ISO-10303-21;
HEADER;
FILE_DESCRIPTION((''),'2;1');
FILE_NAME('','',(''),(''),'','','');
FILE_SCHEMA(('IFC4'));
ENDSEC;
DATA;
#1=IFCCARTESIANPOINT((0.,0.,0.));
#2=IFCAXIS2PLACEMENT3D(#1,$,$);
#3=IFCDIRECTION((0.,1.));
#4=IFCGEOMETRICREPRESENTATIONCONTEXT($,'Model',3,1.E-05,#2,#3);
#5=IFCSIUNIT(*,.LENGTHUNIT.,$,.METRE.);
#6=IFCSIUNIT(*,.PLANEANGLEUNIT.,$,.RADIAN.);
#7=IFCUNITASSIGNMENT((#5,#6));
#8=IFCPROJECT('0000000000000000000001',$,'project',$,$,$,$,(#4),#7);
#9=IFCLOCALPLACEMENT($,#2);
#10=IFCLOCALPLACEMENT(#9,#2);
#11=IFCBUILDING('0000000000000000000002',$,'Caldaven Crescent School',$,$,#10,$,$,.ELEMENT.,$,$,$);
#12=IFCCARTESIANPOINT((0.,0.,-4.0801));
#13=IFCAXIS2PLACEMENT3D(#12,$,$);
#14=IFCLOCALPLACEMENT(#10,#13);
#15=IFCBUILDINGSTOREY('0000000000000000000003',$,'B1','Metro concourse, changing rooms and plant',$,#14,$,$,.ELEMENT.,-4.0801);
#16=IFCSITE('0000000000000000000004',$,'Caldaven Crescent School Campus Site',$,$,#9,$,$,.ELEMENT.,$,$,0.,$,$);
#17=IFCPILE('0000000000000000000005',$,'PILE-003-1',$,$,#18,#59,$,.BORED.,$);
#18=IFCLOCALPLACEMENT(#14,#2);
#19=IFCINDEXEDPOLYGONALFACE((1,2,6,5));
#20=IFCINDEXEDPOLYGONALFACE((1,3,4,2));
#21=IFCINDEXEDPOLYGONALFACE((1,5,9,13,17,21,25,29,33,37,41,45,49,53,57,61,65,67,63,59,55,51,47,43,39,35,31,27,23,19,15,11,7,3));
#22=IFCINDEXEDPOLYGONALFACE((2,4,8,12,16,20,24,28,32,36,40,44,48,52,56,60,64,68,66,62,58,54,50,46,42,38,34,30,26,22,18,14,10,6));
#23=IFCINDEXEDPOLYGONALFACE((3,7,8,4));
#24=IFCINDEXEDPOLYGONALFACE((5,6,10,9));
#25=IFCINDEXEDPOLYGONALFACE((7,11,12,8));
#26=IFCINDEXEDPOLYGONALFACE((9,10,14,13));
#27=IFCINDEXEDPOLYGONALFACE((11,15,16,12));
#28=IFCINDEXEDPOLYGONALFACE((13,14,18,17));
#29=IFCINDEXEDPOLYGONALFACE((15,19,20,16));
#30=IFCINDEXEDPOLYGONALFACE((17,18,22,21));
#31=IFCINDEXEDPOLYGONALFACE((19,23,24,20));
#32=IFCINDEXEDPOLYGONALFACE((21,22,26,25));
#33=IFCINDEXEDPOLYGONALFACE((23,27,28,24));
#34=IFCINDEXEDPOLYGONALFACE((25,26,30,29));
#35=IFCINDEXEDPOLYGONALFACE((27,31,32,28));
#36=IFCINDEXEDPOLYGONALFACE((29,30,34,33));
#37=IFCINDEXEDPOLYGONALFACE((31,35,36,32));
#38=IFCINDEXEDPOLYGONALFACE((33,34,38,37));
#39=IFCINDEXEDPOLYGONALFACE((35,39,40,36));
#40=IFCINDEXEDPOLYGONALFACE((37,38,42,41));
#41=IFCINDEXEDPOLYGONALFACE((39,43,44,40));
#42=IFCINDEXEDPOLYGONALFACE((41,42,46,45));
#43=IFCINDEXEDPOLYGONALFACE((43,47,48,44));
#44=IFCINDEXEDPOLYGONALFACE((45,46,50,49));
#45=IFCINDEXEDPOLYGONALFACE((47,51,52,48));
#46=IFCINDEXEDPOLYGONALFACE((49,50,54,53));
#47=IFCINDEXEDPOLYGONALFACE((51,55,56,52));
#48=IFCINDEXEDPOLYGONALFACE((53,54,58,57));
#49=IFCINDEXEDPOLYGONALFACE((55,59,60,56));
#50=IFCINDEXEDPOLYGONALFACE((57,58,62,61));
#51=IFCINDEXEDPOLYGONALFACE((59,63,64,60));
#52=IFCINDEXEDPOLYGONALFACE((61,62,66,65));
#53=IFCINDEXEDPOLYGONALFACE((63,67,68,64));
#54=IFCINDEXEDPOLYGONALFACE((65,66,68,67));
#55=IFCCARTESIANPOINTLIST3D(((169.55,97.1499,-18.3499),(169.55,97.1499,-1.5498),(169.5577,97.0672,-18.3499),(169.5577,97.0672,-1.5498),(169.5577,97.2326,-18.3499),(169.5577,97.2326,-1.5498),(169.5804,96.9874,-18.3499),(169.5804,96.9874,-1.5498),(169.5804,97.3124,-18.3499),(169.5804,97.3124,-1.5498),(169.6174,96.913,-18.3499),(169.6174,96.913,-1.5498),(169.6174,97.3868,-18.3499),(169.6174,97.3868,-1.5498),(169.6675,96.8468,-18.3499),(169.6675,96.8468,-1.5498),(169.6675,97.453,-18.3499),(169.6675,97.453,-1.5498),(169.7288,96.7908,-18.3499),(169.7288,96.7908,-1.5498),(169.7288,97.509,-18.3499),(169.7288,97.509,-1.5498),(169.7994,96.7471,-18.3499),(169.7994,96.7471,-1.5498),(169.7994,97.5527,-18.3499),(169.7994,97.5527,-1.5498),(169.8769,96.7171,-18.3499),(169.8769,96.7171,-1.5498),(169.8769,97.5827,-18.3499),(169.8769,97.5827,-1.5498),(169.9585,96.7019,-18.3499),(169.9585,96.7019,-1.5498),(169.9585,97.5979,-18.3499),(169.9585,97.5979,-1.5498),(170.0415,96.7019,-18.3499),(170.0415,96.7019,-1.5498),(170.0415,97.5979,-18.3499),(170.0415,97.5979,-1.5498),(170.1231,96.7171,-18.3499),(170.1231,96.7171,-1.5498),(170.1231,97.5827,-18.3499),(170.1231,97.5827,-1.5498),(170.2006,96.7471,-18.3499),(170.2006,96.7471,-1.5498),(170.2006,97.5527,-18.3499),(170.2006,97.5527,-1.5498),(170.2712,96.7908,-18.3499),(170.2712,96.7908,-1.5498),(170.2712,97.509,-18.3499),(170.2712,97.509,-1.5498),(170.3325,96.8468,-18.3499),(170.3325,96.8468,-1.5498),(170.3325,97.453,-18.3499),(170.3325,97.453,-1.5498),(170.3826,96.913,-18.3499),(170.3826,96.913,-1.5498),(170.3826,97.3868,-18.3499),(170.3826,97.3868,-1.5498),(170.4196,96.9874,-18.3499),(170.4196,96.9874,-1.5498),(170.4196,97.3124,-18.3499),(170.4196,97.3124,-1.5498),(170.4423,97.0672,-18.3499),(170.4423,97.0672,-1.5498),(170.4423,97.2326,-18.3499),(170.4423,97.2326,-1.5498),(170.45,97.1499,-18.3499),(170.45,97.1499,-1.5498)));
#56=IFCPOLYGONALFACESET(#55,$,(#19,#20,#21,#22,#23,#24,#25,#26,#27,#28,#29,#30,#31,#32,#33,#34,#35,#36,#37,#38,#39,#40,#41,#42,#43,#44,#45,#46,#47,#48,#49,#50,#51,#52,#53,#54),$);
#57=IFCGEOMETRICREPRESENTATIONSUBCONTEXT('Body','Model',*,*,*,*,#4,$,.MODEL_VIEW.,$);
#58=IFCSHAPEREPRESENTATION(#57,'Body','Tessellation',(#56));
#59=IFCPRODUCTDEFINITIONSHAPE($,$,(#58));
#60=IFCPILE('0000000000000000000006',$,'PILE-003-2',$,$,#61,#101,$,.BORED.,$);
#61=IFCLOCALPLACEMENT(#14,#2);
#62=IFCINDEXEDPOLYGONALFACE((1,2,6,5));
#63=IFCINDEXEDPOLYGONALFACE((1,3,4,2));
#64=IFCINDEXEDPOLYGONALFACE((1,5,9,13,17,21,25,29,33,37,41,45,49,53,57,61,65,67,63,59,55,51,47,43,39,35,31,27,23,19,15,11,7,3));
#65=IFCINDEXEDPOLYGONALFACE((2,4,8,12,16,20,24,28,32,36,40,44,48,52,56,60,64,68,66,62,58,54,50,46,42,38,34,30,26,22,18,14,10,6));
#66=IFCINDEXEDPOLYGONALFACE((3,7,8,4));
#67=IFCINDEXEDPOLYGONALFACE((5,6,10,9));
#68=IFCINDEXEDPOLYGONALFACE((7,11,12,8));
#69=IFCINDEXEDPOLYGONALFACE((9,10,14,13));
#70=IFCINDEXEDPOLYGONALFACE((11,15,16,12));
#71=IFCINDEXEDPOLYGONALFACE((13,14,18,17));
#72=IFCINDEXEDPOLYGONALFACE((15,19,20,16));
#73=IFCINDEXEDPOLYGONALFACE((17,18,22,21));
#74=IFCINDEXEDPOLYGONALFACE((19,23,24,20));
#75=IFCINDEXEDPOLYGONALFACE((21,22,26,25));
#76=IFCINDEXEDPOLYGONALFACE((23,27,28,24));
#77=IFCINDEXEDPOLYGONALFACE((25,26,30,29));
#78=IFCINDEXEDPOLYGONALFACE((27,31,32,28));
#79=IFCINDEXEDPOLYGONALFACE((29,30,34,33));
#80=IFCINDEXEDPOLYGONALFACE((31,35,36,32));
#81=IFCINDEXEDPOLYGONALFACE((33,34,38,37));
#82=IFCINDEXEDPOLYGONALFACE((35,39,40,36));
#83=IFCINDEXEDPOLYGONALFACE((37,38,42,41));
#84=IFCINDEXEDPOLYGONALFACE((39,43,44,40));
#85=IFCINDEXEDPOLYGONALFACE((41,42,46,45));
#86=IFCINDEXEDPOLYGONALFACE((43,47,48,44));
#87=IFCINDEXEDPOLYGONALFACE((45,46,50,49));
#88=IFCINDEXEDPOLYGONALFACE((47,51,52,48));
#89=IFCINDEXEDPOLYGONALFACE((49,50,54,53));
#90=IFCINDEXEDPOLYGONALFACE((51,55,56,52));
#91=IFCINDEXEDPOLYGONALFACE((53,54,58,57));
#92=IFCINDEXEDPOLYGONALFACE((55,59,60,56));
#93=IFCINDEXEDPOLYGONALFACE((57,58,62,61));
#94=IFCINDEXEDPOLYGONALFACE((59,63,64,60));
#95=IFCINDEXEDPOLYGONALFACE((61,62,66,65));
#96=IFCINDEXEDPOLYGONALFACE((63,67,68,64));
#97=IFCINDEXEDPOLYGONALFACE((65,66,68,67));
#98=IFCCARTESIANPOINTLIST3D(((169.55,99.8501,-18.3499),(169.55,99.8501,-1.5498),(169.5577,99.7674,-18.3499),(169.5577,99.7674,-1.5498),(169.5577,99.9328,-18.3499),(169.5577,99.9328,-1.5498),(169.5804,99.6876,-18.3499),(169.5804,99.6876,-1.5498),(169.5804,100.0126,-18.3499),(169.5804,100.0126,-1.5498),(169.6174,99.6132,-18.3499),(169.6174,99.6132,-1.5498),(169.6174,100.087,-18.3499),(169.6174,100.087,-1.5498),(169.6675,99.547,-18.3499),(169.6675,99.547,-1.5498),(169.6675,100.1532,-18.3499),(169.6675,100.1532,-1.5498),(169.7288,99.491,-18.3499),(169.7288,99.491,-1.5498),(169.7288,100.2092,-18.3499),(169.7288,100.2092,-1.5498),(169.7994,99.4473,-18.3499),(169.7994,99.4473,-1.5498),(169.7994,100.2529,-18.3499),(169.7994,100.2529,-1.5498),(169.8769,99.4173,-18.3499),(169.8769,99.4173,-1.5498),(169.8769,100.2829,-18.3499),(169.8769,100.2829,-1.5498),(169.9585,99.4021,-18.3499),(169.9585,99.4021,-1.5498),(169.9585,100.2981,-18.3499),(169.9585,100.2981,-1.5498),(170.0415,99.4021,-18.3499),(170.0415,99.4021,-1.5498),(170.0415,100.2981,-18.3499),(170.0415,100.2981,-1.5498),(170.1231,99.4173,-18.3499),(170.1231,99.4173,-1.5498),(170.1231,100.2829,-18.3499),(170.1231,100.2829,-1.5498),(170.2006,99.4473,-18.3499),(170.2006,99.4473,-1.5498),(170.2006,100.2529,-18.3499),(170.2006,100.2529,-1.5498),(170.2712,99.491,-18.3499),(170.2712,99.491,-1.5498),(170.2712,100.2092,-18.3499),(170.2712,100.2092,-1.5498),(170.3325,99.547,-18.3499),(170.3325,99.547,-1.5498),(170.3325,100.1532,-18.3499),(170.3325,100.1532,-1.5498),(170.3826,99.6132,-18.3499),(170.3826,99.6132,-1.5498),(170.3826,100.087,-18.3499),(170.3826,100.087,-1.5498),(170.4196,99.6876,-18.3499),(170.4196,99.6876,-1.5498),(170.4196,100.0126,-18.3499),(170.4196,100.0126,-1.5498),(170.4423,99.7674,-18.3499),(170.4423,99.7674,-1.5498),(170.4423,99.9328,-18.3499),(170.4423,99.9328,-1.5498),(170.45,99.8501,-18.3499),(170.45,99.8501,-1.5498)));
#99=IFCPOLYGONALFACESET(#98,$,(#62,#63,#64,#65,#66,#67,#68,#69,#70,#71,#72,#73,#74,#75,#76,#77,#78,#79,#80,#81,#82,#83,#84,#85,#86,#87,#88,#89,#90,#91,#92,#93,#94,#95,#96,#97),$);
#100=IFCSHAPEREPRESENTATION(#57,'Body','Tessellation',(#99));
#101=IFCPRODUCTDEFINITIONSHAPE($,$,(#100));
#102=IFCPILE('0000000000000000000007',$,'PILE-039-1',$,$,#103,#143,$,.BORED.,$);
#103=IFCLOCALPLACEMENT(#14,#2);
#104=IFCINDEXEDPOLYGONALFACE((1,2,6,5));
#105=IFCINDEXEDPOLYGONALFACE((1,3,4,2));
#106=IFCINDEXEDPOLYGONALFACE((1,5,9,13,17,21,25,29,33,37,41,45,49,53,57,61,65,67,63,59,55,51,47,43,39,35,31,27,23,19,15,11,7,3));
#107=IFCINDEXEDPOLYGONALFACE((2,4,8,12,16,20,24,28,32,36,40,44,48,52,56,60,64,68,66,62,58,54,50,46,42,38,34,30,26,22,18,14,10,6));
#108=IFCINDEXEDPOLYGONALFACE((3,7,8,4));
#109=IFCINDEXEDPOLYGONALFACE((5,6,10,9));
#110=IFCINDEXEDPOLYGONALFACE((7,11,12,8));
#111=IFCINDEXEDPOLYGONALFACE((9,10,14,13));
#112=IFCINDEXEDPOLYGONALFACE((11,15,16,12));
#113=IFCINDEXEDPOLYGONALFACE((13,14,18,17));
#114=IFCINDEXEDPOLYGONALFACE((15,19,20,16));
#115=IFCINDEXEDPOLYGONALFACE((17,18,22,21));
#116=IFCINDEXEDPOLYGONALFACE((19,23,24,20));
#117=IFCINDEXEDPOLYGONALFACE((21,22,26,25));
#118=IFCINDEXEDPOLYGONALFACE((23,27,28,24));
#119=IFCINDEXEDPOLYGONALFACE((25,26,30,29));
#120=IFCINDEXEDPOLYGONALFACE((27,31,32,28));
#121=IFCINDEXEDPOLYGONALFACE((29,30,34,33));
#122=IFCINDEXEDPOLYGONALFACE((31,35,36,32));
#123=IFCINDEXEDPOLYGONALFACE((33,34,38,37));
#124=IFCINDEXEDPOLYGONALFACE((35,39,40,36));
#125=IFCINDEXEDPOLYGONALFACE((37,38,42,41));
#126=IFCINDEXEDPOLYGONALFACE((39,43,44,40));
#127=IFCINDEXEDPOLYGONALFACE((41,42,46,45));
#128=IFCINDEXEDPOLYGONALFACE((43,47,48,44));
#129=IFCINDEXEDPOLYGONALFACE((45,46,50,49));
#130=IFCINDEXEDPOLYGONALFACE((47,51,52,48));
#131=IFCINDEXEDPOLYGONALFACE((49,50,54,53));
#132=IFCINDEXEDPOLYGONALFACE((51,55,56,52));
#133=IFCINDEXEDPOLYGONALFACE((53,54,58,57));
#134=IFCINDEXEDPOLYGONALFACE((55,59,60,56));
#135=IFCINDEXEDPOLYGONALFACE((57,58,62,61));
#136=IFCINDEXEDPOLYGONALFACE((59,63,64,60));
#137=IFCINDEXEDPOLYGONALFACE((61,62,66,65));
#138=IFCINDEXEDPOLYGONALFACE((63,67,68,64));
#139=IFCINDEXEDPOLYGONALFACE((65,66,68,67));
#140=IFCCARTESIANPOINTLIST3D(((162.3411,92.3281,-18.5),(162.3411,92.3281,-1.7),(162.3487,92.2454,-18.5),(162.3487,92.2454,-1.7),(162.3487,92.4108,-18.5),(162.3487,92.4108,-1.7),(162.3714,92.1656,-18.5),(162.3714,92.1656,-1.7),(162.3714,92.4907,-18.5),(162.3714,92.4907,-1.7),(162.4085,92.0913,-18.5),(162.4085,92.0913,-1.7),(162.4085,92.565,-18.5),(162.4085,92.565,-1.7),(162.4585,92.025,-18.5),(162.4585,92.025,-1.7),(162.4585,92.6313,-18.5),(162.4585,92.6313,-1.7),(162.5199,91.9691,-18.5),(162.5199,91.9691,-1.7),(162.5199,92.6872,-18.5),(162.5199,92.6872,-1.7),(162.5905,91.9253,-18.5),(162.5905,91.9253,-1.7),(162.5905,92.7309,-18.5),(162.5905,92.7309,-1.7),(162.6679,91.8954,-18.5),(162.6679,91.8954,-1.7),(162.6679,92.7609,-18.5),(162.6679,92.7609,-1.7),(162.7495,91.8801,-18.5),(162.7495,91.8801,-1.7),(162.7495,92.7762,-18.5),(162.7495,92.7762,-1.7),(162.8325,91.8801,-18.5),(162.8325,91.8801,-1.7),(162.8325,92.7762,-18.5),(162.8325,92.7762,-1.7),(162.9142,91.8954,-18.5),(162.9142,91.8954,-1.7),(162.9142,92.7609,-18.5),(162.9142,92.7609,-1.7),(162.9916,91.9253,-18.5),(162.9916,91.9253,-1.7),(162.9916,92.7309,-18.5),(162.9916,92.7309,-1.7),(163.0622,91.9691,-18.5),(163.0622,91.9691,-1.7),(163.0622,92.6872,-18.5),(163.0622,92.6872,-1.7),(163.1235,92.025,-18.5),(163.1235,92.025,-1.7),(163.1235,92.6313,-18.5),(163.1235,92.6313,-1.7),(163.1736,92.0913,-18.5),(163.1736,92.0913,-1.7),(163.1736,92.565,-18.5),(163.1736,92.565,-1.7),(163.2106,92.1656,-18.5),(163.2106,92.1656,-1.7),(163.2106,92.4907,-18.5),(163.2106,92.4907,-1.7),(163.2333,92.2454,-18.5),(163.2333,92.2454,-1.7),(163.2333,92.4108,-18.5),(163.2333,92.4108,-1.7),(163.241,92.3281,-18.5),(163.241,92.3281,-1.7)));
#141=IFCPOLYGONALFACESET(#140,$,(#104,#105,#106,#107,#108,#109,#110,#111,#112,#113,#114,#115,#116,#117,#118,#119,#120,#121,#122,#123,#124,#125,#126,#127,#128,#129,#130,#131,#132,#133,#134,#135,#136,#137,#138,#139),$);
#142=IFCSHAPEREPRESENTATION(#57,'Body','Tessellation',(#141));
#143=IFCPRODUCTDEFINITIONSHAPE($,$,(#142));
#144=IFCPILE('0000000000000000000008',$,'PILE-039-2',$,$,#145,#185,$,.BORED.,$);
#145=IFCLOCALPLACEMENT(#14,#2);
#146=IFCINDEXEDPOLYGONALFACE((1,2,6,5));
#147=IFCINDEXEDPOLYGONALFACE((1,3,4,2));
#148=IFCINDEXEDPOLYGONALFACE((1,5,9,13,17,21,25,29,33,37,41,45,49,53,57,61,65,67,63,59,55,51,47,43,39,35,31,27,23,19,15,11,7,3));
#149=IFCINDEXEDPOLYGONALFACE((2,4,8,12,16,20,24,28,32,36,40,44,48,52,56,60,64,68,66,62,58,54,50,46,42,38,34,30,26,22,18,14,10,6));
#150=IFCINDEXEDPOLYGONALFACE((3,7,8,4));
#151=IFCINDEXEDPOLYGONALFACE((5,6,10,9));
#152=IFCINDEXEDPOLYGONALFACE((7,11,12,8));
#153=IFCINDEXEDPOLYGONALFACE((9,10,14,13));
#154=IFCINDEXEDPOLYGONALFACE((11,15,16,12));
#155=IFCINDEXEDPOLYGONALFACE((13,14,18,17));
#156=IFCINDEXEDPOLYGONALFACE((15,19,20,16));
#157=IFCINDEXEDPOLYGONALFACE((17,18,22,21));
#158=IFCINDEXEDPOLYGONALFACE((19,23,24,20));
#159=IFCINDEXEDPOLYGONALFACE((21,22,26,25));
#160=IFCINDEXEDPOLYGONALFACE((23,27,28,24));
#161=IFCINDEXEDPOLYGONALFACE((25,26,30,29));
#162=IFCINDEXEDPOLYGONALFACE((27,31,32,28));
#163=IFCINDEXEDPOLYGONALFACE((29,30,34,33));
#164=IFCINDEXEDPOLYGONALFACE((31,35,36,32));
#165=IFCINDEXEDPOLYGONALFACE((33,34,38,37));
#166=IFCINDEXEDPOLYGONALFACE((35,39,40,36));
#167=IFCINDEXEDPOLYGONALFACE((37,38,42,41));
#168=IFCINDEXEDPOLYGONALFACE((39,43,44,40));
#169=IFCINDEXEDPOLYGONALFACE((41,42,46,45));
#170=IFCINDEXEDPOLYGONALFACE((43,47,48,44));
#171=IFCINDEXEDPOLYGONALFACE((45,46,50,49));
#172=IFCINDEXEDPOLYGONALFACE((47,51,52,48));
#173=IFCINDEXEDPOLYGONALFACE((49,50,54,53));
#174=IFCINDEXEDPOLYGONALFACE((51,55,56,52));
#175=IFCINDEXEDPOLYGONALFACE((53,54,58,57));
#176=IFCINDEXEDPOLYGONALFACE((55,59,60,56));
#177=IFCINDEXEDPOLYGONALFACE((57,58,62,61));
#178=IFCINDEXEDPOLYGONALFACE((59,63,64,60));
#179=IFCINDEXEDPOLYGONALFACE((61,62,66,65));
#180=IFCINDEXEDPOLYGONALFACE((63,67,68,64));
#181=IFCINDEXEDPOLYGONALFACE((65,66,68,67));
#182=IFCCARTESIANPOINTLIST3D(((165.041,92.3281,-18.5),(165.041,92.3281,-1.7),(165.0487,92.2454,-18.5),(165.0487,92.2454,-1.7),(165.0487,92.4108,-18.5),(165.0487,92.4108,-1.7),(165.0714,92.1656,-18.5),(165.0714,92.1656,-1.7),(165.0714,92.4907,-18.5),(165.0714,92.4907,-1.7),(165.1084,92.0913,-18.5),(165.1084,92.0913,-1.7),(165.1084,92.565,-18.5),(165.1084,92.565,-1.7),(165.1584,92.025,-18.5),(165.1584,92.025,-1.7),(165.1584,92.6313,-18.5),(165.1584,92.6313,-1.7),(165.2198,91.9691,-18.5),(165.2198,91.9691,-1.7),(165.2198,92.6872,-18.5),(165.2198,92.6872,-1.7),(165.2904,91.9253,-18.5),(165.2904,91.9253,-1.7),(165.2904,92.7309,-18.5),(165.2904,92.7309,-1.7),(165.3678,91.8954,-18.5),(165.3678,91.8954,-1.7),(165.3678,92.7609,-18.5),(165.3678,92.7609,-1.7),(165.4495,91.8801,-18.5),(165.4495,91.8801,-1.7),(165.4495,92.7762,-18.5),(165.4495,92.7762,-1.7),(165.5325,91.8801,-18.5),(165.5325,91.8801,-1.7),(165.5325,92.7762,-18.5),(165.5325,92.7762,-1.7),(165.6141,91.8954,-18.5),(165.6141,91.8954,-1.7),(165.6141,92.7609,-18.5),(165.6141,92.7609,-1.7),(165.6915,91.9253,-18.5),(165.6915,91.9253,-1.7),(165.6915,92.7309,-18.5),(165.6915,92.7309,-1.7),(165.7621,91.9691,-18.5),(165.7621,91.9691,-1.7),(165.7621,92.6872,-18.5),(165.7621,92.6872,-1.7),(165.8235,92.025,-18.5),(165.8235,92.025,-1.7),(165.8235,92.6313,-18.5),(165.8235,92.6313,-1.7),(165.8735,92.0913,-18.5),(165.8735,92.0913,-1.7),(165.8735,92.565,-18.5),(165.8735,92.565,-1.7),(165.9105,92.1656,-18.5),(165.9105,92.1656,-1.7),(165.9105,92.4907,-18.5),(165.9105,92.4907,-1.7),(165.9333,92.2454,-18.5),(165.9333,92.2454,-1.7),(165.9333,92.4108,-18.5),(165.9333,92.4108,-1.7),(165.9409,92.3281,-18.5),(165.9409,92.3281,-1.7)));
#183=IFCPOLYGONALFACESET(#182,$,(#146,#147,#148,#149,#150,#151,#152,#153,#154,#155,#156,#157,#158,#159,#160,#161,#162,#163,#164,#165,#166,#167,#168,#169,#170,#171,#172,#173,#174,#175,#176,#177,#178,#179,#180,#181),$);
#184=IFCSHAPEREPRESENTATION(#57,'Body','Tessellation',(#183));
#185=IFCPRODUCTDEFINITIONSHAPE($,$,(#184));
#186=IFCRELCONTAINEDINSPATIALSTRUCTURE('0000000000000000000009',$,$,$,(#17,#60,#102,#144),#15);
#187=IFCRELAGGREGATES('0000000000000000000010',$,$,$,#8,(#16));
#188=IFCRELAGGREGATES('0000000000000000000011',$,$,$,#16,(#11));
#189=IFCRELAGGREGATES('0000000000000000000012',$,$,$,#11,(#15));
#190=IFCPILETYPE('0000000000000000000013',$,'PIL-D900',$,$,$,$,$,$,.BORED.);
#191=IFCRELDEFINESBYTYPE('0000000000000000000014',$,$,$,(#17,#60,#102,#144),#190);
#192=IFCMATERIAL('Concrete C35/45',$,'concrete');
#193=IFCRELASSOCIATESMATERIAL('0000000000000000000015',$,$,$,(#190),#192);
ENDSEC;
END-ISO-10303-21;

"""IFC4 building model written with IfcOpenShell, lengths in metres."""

from ifc_helpers import new_model, si_unit, direction, frame, origin, origin_2d, place, context, subcontext, project, spatial, circle, extrude, material, material_profile, profile_set, type_object, element, save


model = new_model("IFC4")

# Units and contexts
model_context = context("Model", 3, precision=1e-05, world=origin(), true_north=direction((0.0, 1.0)))
body_context = subcontext(model_context, "Body", "Model", "MODEL_VIEW")
ifc_project = project(units=[si_unit("LENGTHUNIT", "METRE"), si_unit("PLANEANGLEUNIT", "RADIAN")], contexts=[model_context])

# Site, building, storey
site_placement = place(None, origin())
site = spatial("IfcSite", under=ifc_project, at=site_placement, Name="Caldaven Crescent School Campus Site", CompositionType="ELEMENT", RefElevation=0.0)
building_placement = place(site_placement, origin())
building = spatial("IfcBuilding", under=site, at=building_placement, Name="Caldaven Crescent School", CompositionType="ELEMENT")
storey_placement = place(building_placement, frame((0.0, 0.0, -4.0801)))
storey = spatial("IfcBuildingStorey", under=building, at=storey_placement, Name="B1", Description="Metro concourse, changing rooms and plant", CompositionType="ELEMENT", Elevation=-4.0801)

# Shared definitions
ifc_material_1 = material(Name="Concrete C35/45", Category="concrete")

# Piles
ifc_material_profile_1 = material_profile(ifc_material_1, circle(Radius=0.45, at=origin_2d()), Name="PILE D900")
ifc_profile_set_1 = profile_set([ifc_material_profile_1], Name="Concrete C35/45")
pile_type = type_object("IfcPileType", Name="PIL-D900", PredefinedType="BORED", material=ifc_profile_set_1)
for number, where, z_axis, x_axis, name in (
    (1, (170.0, 97.1499, -1.5498), (0.0, 0.0, -1.0), (1.0, 0.0, 0.0), "PILE-003-1"),
    (2, (170.0, 99.8501, -1.5498), (0.0, 0.0, -1.0), (1.0, 0.0, 0.0), "PILE-003-2"),
    (3, (162.791, 92.3281, -1.7), (0.0, 0.0, -1.0), (1.0, 0.0, 0.0), "PILE-039-1"),
    (4, (165.491, 92.3281, -1.7), (0.0, 0.0, -1.0), (1.0, 0.0, 0.0), "PILE-039-2"),
):
    element("IfcPile", number, at=place(storey_placement, frame(where, z_axis=z_axis, x_axis=x_axis)), inside=storey, type_object=pile_type, Name=name, PredefinedType="BORED", context=body_context, shape_type="SweptSolid", body=[
        extrude(circle(Radius=0.45, at=origin_2d()), origin(), (0.0, 0.0, 1.0), 16.8),
    ])

save(model, "model.ifc")
